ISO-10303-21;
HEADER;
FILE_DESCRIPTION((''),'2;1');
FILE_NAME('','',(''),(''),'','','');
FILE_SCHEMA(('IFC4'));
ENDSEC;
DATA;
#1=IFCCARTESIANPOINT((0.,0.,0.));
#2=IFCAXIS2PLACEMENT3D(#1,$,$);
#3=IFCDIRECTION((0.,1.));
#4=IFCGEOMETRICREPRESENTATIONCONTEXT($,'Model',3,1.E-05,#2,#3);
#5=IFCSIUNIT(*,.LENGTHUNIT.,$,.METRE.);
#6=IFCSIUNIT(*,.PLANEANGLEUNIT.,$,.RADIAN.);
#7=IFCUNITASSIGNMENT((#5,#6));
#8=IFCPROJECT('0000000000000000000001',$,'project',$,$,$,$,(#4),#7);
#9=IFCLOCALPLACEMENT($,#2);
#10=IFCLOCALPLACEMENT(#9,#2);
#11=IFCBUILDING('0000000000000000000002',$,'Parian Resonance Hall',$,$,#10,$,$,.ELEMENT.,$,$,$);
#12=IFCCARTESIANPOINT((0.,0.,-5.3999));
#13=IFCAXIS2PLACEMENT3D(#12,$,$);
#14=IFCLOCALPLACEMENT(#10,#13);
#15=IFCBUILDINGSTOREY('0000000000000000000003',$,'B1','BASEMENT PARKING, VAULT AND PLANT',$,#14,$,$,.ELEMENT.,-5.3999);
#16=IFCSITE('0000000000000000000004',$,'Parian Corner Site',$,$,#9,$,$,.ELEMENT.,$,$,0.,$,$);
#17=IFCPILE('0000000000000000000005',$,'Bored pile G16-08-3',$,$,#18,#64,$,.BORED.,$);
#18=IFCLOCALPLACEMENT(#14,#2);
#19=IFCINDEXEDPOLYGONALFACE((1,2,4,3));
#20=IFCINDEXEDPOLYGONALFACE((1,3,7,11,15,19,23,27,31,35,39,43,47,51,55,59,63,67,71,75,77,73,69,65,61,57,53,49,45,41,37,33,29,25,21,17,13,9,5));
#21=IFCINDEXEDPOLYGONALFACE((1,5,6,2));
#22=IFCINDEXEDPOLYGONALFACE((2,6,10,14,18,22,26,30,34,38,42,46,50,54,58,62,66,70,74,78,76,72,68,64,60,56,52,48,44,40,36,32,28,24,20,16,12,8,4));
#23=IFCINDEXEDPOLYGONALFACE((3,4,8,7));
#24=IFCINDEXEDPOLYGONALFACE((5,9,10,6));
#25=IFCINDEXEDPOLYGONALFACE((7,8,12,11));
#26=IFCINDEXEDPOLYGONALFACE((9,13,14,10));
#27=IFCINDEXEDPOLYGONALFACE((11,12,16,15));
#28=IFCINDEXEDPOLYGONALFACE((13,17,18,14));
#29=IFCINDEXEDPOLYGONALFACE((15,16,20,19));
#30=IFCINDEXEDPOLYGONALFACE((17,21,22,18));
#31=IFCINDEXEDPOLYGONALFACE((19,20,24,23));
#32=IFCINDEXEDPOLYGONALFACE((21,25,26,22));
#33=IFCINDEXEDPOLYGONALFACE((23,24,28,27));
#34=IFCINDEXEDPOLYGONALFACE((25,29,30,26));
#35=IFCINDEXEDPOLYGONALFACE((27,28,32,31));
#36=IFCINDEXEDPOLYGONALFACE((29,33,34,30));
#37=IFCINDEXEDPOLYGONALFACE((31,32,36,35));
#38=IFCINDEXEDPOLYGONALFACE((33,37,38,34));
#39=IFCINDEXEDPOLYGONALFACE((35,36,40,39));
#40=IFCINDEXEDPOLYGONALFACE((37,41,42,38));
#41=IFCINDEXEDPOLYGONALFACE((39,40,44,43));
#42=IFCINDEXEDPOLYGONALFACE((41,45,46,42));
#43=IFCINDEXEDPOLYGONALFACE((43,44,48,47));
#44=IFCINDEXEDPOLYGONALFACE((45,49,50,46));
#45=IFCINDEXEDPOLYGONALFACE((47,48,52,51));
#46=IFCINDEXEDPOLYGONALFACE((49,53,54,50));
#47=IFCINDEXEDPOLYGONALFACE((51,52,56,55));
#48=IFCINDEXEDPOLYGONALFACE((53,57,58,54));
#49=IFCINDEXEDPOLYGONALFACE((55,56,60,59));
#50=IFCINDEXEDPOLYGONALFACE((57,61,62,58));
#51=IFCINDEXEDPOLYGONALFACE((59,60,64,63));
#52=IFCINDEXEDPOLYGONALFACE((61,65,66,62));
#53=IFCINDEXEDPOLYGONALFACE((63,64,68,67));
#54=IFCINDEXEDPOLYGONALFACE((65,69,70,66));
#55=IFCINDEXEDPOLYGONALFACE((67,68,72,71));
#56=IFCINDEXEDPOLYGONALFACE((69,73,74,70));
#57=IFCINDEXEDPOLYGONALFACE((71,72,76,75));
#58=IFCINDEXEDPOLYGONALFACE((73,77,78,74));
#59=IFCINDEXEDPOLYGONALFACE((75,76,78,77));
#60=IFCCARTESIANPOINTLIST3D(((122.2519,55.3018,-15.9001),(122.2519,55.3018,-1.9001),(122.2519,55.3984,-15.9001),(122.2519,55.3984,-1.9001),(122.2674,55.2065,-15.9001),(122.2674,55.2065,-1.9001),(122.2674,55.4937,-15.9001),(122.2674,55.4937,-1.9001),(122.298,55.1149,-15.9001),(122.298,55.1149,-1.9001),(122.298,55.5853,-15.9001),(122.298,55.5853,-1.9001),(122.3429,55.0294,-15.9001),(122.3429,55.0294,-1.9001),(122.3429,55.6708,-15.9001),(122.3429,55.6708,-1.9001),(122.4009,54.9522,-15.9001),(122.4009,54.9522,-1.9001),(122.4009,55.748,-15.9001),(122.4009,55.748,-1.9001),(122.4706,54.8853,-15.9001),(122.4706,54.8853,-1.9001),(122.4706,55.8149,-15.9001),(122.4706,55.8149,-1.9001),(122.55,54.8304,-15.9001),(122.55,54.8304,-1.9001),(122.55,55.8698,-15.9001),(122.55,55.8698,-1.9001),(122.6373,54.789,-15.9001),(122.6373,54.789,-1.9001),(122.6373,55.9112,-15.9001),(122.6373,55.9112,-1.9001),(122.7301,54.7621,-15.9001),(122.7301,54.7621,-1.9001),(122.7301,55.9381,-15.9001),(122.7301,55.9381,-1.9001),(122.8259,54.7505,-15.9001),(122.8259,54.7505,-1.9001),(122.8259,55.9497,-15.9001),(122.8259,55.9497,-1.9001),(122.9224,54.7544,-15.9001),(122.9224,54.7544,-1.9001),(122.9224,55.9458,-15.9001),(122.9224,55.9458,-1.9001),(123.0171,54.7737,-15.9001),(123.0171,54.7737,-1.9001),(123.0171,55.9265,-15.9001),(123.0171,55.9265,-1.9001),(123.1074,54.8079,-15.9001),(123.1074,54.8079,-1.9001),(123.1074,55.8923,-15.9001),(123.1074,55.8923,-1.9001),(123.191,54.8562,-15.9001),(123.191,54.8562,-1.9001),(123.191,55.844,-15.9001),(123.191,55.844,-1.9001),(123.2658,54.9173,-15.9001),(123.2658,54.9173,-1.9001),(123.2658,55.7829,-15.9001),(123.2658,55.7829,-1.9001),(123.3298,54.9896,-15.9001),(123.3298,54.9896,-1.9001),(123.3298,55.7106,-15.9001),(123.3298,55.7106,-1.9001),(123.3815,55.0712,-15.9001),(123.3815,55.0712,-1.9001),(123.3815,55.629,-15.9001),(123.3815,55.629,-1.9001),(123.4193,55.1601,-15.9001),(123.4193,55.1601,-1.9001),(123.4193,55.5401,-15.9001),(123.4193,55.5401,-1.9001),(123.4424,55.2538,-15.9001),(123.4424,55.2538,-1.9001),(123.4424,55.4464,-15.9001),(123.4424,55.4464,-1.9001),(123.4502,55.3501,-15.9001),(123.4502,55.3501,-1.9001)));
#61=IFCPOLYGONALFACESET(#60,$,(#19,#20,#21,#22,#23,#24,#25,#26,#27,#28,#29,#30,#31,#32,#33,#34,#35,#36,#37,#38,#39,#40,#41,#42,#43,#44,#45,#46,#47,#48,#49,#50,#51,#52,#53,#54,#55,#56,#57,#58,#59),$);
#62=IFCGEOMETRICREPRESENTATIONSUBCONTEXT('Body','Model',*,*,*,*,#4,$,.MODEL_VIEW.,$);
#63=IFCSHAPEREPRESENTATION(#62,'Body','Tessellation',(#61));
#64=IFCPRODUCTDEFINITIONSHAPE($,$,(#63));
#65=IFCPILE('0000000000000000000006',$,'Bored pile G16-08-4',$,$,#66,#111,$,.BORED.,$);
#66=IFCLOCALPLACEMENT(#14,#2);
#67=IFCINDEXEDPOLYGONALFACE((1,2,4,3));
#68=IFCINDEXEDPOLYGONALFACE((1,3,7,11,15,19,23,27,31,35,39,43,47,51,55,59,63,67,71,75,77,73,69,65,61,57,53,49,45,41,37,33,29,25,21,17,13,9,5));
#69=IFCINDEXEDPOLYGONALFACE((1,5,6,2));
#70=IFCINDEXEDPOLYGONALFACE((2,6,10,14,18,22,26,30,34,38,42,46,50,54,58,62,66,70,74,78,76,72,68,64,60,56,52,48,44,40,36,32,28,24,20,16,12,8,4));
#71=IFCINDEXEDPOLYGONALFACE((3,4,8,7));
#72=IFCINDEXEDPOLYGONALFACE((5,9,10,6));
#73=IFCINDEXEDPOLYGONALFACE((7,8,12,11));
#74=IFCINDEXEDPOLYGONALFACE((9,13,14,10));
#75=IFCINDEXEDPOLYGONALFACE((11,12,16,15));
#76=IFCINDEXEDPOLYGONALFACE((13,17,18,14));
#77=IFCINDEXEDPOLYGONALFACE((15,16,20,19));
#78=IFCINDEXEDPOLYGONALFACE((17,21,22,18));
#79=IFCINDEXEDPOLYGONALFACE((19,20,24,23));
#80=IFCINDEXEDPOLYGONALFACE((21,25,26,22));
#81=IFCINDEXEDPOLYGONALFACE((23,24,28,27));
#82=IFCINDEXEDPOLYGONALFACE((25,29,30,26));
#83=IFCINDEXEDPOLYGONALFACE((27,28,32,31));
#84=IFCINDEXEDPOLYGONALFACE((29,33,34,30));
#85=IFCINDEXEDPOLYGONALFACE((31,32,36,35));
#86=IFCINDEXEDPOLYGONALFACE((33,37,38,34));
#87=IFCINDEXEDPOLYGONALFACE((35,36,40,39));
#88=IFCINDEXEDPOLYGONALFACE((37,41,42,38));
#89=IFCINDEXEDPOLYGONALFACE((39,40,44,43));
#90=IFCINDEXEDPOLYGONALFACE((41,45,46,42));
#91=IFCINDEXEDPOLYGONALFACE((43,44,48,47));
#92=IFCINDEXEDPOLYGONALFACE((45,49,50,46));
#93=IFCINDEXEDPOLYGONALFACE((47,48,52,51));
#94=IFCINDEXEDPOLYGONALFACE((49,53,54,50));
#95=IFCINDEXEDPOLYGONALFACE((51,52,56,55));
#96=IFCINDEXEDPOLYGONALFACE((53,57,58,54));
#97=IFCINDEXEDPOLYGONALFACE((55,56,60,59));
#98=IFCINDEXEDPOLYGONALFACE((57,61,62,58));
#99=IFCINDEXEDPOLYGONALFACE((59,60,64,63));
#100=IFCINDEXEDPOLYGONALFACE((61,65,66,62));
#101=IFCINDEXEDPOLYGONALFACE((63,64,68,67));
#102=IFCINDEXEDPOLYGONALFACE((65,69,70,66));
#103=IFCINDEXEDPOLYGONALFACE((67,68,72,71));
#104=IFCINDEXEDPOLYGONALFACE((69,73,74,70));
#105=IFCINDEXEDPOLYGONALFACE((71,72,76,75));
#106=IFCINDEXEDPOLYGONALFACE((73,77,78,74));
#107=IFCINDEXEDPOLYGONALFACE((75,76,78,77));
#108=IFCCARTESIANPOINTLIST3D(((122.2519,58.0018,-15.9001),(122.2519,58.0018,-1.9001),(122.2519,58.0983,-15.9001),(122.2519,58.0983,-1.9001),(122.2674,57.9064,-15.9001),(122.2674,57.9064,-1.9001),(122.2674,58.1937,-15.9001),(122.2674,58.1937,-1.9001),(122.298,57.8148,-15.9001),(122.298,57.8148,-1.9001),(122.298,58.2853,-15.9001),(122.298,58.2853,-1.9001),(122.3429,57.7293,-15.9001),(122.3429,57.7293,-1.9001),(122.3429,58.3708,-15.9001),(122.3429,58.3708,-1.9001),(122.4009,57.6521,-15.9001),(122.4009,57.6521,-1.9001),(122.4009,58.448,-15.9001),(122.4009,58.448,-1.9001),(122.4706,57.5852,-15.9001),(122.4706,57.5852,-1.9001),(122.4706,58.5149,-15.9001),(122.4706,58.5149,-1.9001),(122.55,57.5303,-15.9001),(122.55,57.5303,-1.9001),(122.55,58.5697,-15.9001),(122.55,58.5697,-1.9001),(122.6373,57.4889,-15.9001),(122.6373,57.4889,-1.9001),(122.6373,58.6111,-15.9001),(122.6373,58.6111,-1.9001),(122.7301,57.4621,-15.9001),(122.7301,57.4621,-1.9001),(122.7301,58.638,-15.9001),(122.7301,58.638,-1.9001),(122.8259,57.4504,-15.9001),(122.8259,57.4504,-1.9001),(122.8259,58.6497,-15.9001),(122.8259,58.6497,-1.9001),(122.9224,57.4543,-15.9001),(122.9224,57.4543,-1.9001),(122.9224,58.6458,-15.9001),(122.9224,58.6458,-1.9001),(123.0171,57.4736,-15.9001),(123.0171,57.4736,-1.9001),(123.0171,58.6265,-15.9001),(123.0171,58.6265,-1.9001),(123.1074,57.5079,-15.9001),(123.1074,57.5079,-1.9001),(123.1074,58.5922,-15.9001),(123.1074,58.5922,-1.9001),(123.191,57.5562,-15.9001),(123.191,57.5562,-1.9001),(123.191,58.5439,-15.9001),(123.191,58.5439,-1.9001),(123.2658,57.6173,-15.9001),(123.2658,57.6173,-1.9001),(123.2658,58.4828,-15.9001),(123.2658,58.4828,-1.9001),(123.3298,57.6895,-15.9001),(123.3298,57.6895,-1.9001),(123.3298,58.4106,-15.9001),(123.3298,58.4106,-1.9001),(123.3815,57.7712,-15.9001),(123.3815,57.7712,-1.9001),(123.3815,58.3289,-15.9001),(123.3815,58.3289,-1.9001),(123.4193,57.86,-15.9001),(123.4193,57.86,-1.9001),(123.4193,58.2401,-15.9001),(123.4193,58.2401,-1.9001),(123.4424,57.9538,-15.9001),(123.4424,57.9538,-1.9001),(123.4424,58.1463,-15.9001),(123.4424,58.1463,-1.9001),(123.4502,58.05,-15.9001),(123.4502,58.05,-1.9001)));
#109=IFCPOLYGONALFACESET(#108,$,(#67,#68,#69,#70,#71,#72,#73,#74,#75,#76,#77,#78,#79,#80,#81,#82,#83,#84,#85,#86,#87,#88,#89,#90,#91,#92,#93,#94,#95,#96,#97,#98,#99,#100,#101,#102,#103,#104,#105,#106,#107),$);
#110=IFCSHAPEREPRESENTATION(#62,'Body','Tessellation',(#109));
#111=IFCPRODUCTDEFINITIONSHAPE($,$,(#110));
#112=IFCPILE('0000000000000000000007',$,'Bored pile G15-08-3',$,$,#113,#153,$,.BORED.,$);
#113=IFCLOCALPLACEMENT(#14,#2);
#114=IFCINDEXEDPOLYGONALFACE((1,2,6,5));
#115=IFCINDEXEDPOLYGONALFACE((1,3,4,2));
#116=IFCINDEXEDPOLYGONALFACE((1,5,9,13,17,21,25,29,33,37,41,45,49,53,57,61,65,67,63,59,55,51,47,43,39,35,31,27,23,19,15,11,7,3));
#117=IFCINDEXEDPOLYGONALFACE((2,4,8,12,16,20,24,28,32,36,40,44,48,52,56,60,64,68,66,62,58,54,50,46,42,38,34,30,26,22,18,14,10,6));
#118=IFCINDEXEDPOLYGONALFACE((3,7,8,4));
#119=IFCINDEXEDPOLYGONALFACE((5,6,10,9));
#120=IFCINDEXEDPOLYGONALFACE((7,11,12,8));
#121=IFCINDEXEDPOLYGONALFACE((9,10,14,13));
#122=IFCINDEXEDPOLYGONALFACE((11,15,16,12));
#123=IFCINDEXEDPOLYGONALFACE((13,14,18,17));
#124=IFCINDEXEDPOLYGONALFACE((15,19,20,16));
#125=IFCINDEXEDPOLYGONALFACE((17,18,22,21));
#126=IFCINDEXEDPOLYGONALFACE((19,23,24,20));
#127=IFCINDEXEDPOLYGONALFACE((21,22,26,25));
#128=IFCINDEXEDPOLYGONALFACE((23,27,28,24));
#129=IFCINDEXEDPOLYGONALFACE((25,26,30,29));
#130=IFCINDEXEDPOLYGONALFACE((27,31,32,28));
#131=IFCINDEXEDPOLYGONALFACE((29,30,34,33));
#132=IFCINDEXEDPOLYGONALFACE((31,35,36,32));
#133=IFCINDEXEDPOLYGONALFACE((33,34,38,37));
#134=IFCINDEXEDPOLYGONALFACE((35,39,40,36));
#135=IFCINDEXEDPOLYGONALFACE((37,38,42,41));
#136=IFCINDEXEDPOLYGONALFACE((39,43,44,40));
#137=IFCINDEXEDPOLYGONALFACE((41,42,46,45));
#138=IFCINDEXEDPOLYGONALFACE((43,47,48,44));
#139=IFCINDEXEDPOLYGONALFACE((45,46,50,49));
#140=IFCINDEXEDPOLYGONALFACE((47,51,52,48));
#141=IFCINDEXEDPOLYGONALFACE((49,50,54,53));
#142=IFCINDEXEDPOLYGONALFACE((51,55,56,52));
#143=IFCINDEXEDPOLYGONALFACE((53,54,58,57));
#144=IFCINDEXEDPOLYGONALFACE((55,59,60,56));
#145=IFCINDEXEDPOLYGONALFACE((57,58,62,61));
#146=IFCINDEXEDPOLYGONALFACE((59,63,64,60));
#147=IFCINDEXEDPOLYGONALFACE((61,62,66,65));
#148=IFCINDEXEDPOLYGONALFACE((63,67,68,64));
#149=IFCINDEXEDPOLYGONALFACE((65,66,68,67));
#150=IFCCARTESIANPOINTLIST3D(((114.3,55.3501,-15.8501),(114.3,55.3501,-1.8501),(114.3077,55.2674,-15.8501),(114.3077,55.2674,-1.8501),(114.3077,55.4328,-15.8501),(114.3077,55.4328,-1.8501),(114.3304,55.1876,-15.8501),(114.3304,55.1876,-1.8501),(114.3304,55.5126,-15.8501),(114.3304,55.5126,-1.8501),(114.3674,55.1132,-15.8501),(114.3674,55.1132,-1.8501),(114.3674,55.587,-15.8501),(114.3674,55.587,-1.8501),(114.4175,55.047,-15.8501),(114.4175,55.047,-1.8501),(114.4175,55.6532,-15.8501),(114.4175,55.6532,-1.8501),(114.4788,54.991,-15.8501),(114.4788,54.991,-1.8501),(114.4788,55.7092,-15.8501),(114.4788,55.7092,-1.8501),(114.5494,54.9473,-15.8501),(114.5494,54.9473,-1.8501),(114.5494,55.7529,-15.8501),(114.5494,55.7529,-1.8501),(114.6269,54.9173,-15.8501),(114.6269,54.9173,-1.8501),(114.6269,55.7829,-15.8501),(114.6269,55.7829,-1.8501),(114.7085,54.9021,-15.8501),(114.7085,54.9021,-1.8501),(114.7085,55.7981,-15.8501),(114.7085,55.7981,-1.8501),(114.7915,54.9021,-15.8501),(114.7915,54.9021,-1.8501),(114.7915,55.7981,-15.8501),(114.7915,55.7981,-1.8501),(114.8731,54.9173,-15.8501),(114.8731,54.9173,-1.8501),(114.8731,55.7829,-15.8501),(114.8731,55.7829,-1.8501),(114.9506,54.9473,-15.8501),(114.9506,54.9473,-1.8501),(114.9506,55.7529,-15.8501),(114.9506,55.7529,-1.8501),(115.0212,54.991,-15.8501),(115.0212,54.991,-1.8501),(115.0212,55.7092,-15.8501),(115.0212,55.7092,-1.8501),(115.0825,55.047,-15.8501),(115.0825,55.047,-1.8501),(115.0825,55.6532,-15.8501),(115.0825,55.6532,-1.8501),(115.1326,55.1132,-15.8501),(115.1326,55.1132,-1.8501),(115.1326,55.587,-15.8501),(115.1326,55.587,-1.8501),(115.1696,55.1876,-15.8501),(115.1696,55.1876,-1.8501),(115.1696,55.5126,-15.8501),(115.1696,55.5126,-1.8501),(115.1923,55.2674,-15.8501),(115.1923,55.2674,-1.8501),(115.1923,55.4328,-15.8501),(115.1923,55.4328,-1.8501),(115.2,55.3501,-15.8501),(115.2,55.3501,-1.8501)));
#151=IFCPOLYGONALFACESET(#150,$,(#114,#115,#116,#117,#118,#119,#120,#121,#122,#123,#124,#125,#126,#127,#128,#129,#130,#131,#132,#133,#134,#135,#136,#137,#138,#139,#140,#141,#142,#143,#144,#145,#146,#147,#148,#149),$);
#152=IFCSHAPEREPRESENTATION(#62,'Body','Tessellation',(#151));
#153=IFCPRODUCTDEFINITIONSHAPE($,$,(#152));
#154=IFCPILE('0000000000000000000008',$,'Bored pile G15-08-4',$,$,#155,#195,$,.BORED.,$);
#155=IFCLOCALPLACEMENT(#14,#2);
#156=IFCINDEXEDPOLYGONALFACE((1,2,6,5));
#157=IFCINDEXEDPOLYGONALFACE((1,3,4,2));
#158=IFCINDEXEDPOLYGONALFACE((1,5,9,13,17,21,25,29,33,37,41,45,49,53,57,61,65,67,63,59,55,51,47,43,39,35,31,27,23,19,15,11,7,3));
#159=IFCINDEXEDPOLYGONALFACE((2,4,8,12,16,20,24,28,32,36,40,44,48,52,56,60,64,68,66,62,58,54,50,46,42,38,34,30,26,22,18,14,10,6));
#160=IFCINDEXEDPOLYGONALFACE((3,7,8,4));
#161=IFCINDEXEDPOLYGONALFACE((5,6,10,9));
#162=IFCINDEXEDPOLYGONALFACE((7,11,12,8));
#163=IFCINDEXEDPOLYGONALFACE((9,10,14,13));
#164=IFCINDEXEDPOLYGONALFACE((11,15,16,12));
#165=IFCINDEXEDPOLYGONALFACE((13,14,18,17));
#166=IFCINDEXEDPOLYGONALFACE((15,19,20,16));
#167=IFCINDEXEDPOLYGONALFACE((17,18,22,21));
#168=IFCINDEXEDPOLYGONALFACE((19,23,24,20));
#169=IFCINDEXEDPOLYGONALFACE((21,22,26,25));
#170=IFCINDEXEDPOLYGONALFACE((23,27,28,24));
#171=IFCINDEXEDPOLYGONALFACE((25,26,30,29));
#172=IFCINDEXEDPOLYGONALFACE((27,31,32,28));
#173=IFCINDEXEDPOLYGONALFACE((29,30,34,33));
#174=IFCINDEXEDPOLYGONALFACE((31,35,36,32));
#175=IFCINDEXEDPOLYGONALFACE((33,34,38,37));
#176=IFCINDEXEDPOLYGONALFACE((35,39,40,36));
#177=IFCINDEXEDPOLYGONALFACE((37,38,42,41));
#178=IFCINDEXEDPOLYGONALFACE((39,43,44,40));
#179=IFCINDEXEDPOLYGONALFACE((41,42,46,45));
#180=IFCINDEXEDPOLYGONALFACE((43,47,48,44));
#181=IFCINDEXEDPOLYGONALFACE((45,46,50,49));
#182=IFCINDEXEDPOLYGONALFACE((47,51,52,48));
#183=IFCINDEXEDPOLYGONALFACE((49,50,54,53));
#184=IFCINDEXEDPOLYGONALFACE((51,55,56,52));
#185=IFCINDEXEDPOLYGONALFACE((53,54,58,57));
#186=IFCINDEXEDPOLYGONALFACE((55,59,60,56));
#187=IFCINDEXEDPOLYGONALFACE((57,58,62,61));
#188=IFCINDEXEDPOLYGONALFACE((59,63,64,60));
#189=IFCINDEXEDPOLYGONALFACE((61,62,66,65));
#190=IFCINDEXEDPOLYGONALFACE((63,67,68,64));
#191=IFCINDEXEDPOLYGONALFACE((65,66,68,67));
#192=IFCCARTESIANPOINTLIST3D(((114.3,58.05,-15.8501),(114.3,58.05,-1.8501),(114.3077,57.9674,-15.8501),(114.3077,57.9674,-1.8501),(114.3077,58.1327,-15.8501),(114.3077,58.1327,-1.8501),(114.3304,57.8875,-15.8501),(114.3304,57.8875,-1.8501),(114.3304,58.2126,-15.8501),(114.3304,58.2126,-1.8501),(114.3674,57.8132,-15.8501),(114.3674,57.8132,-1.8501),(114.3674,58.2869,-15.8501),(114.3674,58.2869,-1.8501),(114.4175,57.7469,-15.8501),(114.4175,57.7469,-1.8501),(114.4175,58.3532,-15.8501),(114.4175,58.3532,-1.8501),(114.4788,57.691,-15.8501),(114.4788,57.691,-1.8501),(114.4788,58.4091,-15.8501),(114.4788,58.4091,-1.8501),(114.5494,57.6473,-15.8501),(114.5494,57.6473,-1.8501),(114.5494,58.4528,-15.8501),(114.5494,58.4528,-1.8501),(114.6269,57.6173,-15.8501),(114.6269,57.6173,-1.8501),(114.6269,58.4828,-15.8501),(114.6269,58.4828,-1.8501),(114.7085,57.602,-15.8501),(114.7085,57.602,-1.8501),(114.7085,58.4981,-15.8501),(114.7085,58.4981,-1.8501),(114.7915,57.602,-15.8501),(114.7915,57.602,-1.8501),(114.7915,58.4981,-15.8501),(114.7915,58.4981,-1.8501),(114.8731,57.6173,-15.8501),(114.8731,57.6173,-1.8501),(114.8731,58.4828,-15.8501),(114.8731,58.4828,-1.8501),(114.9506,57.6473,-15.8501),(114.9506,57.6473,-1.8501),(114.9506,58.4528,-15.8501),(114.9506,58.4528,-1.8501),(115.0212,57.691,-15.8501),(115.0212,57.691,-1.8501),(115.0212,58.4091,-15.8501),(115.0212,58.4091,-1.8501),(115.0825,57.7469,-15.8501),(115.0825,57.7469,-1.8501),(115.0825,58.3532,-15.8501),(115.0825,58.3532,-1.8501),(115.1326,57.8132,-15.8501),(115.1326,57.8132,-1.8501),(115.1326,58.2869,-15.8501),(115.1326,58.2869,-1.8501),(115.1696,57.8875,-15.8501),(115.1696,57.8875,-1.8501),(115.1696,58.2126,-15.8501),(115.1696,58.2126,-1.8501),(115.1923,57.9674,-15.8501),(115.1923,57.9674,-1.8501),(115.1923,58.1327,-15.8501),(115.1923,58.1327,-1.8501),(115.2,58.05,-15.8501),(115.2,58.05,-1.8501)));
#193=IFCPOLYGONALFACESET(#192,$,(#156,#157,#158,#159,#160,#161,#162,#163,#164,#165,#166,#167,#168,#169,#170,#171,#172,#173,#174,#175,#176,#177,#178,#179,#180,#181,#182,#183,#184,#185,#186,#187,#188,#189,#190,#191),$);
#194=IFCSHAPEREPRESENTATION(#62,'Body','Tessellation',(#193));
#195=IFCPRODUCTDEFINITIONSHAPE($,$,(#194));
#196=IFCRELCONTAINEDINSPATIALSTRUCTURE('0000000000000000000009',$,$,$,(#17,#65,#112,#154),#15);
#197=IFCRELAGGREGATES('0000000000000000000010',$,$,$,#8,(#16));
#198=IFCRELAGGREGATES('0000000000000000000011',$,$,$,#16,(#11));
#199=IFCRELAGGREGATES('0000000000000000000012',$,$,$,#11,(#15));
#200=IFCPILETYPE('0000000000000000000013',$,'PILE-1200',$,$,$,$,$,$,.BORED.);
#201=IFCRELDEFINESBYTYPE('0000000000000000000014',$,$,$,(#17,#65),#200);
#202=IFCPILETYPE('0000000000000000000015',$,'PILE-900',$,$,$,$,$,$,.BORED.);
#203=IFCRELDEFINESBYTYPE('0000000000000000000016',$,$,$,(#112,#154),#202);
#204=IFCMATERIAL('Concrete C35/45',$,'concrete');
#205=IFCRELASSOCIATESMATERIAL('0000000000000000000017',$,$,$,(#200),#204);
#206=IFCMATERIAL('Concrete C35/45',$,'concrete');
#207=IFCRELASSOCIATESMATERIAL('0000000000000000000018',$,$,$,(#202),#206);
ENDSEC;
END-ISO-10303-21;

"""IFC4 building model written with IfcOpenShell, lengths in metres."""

from ifc_helpers import new_model, si_unit, direction, frame, origin, origin_2d, place, context, subcontext, project, spatial, circle, extrude, material, material_profile, profile_set, type_object, element, save


model = new_model("IFC4")

# Units and contexts
model_context = context("Model", 3, precision=1e-05, world=origin(), true_north=direction((0.0, 1.0)))
body_context = subcontext(model_context, "Body", "Model", "MODEL_VIEW")
ifc_project = project(units=[si_unit("LENGTHUNIT", "METRE"), si_unit("PLANEANGLEUNIT", "RADIAN")], contexts=[model_context])

# Site, building, storey
site_placement = place(None, origin())
site = spatial("IfcSite", under=ifc_project, at=site_placement, Name="Parian Corner Site", CompositionType="ELEMENT", RefElevation=0.0)
building_placement = place(site_placement, origin())
building = spatial("IfcBuilding", under=site, at=building_placement, Name="Parian Resonance Hall", CompositionType="ELEMENT")
storey_placement = place(building_placement, frame((0.0, 0.0, -5.3999)))
storey = spatial("IfcBuildingStorey", under=building, at=storey_placement, Name="B1", Description="BASEMENT PARKING, VAULT AND PLANT", CompositionType="ELEMENT", Elevation=-5.3999)

# Piles
ifc_material_1 = material(Name="Concrete C35/45", Category="concrete")
ifc_material_profile_1 = material_profile(ifc_material_1, circle(Radius=0.6001, at=origin_2d()), Name="PILE-D1200")
ifc_profile_set_1 = profile_set([ifc_material_profile_1], Name="Concrete C35/45")
pile_type_1 = type_object("IfcPileType", Name="PILE-1200", PredefinedType="BORED", material=ifc_profile_set_1)
for number, where, z_axis, x_axis, name in (
    (1, (122.8501, 55.3501, -1.9001), (0.0, 0.0, -1.0), (1.0, 0.0, 0.0), "Bored pile G16-08-3"),
    (2, (122.8501, 58.05, -1.9001), (0.0, 0.0, -1.0), (1.0, 0.0, 0.0), "Bored pile G16-08-4"),
):
    element("IfcPile", number, at=place(storey_placement, frame(where, z_axis=z_axis, x_axis=x_axis)), inside=storey, type_object=pile_type_1, Name=name, PredefinedType="BORED", context=body_context, shape_type="SweptSolid", body=[
        extrude(circle(Radius=0.6001, at=origin_2d()), origin(), (0.0, 0.0, 1.0), 14.0),
    ])
ifc_material_2 = material(Name="Concrete C35/45", Category="concrete")
ifc_material_profile_2 = material_profile(ifc_material_2, circle(Radius=0.45, at=origin_2d()), Name="PILE-D900")
ifc_profile_set_2 = profile_set([ifc_material_profile_2], Name="Concrete C35/45")
pile_type_2 = type_object("IfcPileType", Name="PILE-900", PredefinedType="BORED", material=ifc_profile_set_2)
for number, where, z_axis, x_axis, name in (
    (3, (114.75, 55.3501, -1.8501), (0.0, 0.0, -1.0), (1.0, 0.0, 0.0), "Bored pile G15-08-3"),
    (4, (114.75, 58.05, -1.8501), (0.0, 0.0, -1.0), (1.0, 0.0, 0.0), "Bored pile G15-08-4"),
):
    element("IfcPile", number, at=place(storey_placement, frame(where, z_axis=z_axis, x_axis=x_axis)), inside=storey, type_object=pile_type_2, Name=name, PredefinedType="BORED", context=body_context, shape_type="SweptSolid", body=[
        extrude(circle(Radius=0.45, at=origin_2d()), origin(), (0.0, 0.0, 1.0), 14.0),
    ])

save(model, "model.ifc")
